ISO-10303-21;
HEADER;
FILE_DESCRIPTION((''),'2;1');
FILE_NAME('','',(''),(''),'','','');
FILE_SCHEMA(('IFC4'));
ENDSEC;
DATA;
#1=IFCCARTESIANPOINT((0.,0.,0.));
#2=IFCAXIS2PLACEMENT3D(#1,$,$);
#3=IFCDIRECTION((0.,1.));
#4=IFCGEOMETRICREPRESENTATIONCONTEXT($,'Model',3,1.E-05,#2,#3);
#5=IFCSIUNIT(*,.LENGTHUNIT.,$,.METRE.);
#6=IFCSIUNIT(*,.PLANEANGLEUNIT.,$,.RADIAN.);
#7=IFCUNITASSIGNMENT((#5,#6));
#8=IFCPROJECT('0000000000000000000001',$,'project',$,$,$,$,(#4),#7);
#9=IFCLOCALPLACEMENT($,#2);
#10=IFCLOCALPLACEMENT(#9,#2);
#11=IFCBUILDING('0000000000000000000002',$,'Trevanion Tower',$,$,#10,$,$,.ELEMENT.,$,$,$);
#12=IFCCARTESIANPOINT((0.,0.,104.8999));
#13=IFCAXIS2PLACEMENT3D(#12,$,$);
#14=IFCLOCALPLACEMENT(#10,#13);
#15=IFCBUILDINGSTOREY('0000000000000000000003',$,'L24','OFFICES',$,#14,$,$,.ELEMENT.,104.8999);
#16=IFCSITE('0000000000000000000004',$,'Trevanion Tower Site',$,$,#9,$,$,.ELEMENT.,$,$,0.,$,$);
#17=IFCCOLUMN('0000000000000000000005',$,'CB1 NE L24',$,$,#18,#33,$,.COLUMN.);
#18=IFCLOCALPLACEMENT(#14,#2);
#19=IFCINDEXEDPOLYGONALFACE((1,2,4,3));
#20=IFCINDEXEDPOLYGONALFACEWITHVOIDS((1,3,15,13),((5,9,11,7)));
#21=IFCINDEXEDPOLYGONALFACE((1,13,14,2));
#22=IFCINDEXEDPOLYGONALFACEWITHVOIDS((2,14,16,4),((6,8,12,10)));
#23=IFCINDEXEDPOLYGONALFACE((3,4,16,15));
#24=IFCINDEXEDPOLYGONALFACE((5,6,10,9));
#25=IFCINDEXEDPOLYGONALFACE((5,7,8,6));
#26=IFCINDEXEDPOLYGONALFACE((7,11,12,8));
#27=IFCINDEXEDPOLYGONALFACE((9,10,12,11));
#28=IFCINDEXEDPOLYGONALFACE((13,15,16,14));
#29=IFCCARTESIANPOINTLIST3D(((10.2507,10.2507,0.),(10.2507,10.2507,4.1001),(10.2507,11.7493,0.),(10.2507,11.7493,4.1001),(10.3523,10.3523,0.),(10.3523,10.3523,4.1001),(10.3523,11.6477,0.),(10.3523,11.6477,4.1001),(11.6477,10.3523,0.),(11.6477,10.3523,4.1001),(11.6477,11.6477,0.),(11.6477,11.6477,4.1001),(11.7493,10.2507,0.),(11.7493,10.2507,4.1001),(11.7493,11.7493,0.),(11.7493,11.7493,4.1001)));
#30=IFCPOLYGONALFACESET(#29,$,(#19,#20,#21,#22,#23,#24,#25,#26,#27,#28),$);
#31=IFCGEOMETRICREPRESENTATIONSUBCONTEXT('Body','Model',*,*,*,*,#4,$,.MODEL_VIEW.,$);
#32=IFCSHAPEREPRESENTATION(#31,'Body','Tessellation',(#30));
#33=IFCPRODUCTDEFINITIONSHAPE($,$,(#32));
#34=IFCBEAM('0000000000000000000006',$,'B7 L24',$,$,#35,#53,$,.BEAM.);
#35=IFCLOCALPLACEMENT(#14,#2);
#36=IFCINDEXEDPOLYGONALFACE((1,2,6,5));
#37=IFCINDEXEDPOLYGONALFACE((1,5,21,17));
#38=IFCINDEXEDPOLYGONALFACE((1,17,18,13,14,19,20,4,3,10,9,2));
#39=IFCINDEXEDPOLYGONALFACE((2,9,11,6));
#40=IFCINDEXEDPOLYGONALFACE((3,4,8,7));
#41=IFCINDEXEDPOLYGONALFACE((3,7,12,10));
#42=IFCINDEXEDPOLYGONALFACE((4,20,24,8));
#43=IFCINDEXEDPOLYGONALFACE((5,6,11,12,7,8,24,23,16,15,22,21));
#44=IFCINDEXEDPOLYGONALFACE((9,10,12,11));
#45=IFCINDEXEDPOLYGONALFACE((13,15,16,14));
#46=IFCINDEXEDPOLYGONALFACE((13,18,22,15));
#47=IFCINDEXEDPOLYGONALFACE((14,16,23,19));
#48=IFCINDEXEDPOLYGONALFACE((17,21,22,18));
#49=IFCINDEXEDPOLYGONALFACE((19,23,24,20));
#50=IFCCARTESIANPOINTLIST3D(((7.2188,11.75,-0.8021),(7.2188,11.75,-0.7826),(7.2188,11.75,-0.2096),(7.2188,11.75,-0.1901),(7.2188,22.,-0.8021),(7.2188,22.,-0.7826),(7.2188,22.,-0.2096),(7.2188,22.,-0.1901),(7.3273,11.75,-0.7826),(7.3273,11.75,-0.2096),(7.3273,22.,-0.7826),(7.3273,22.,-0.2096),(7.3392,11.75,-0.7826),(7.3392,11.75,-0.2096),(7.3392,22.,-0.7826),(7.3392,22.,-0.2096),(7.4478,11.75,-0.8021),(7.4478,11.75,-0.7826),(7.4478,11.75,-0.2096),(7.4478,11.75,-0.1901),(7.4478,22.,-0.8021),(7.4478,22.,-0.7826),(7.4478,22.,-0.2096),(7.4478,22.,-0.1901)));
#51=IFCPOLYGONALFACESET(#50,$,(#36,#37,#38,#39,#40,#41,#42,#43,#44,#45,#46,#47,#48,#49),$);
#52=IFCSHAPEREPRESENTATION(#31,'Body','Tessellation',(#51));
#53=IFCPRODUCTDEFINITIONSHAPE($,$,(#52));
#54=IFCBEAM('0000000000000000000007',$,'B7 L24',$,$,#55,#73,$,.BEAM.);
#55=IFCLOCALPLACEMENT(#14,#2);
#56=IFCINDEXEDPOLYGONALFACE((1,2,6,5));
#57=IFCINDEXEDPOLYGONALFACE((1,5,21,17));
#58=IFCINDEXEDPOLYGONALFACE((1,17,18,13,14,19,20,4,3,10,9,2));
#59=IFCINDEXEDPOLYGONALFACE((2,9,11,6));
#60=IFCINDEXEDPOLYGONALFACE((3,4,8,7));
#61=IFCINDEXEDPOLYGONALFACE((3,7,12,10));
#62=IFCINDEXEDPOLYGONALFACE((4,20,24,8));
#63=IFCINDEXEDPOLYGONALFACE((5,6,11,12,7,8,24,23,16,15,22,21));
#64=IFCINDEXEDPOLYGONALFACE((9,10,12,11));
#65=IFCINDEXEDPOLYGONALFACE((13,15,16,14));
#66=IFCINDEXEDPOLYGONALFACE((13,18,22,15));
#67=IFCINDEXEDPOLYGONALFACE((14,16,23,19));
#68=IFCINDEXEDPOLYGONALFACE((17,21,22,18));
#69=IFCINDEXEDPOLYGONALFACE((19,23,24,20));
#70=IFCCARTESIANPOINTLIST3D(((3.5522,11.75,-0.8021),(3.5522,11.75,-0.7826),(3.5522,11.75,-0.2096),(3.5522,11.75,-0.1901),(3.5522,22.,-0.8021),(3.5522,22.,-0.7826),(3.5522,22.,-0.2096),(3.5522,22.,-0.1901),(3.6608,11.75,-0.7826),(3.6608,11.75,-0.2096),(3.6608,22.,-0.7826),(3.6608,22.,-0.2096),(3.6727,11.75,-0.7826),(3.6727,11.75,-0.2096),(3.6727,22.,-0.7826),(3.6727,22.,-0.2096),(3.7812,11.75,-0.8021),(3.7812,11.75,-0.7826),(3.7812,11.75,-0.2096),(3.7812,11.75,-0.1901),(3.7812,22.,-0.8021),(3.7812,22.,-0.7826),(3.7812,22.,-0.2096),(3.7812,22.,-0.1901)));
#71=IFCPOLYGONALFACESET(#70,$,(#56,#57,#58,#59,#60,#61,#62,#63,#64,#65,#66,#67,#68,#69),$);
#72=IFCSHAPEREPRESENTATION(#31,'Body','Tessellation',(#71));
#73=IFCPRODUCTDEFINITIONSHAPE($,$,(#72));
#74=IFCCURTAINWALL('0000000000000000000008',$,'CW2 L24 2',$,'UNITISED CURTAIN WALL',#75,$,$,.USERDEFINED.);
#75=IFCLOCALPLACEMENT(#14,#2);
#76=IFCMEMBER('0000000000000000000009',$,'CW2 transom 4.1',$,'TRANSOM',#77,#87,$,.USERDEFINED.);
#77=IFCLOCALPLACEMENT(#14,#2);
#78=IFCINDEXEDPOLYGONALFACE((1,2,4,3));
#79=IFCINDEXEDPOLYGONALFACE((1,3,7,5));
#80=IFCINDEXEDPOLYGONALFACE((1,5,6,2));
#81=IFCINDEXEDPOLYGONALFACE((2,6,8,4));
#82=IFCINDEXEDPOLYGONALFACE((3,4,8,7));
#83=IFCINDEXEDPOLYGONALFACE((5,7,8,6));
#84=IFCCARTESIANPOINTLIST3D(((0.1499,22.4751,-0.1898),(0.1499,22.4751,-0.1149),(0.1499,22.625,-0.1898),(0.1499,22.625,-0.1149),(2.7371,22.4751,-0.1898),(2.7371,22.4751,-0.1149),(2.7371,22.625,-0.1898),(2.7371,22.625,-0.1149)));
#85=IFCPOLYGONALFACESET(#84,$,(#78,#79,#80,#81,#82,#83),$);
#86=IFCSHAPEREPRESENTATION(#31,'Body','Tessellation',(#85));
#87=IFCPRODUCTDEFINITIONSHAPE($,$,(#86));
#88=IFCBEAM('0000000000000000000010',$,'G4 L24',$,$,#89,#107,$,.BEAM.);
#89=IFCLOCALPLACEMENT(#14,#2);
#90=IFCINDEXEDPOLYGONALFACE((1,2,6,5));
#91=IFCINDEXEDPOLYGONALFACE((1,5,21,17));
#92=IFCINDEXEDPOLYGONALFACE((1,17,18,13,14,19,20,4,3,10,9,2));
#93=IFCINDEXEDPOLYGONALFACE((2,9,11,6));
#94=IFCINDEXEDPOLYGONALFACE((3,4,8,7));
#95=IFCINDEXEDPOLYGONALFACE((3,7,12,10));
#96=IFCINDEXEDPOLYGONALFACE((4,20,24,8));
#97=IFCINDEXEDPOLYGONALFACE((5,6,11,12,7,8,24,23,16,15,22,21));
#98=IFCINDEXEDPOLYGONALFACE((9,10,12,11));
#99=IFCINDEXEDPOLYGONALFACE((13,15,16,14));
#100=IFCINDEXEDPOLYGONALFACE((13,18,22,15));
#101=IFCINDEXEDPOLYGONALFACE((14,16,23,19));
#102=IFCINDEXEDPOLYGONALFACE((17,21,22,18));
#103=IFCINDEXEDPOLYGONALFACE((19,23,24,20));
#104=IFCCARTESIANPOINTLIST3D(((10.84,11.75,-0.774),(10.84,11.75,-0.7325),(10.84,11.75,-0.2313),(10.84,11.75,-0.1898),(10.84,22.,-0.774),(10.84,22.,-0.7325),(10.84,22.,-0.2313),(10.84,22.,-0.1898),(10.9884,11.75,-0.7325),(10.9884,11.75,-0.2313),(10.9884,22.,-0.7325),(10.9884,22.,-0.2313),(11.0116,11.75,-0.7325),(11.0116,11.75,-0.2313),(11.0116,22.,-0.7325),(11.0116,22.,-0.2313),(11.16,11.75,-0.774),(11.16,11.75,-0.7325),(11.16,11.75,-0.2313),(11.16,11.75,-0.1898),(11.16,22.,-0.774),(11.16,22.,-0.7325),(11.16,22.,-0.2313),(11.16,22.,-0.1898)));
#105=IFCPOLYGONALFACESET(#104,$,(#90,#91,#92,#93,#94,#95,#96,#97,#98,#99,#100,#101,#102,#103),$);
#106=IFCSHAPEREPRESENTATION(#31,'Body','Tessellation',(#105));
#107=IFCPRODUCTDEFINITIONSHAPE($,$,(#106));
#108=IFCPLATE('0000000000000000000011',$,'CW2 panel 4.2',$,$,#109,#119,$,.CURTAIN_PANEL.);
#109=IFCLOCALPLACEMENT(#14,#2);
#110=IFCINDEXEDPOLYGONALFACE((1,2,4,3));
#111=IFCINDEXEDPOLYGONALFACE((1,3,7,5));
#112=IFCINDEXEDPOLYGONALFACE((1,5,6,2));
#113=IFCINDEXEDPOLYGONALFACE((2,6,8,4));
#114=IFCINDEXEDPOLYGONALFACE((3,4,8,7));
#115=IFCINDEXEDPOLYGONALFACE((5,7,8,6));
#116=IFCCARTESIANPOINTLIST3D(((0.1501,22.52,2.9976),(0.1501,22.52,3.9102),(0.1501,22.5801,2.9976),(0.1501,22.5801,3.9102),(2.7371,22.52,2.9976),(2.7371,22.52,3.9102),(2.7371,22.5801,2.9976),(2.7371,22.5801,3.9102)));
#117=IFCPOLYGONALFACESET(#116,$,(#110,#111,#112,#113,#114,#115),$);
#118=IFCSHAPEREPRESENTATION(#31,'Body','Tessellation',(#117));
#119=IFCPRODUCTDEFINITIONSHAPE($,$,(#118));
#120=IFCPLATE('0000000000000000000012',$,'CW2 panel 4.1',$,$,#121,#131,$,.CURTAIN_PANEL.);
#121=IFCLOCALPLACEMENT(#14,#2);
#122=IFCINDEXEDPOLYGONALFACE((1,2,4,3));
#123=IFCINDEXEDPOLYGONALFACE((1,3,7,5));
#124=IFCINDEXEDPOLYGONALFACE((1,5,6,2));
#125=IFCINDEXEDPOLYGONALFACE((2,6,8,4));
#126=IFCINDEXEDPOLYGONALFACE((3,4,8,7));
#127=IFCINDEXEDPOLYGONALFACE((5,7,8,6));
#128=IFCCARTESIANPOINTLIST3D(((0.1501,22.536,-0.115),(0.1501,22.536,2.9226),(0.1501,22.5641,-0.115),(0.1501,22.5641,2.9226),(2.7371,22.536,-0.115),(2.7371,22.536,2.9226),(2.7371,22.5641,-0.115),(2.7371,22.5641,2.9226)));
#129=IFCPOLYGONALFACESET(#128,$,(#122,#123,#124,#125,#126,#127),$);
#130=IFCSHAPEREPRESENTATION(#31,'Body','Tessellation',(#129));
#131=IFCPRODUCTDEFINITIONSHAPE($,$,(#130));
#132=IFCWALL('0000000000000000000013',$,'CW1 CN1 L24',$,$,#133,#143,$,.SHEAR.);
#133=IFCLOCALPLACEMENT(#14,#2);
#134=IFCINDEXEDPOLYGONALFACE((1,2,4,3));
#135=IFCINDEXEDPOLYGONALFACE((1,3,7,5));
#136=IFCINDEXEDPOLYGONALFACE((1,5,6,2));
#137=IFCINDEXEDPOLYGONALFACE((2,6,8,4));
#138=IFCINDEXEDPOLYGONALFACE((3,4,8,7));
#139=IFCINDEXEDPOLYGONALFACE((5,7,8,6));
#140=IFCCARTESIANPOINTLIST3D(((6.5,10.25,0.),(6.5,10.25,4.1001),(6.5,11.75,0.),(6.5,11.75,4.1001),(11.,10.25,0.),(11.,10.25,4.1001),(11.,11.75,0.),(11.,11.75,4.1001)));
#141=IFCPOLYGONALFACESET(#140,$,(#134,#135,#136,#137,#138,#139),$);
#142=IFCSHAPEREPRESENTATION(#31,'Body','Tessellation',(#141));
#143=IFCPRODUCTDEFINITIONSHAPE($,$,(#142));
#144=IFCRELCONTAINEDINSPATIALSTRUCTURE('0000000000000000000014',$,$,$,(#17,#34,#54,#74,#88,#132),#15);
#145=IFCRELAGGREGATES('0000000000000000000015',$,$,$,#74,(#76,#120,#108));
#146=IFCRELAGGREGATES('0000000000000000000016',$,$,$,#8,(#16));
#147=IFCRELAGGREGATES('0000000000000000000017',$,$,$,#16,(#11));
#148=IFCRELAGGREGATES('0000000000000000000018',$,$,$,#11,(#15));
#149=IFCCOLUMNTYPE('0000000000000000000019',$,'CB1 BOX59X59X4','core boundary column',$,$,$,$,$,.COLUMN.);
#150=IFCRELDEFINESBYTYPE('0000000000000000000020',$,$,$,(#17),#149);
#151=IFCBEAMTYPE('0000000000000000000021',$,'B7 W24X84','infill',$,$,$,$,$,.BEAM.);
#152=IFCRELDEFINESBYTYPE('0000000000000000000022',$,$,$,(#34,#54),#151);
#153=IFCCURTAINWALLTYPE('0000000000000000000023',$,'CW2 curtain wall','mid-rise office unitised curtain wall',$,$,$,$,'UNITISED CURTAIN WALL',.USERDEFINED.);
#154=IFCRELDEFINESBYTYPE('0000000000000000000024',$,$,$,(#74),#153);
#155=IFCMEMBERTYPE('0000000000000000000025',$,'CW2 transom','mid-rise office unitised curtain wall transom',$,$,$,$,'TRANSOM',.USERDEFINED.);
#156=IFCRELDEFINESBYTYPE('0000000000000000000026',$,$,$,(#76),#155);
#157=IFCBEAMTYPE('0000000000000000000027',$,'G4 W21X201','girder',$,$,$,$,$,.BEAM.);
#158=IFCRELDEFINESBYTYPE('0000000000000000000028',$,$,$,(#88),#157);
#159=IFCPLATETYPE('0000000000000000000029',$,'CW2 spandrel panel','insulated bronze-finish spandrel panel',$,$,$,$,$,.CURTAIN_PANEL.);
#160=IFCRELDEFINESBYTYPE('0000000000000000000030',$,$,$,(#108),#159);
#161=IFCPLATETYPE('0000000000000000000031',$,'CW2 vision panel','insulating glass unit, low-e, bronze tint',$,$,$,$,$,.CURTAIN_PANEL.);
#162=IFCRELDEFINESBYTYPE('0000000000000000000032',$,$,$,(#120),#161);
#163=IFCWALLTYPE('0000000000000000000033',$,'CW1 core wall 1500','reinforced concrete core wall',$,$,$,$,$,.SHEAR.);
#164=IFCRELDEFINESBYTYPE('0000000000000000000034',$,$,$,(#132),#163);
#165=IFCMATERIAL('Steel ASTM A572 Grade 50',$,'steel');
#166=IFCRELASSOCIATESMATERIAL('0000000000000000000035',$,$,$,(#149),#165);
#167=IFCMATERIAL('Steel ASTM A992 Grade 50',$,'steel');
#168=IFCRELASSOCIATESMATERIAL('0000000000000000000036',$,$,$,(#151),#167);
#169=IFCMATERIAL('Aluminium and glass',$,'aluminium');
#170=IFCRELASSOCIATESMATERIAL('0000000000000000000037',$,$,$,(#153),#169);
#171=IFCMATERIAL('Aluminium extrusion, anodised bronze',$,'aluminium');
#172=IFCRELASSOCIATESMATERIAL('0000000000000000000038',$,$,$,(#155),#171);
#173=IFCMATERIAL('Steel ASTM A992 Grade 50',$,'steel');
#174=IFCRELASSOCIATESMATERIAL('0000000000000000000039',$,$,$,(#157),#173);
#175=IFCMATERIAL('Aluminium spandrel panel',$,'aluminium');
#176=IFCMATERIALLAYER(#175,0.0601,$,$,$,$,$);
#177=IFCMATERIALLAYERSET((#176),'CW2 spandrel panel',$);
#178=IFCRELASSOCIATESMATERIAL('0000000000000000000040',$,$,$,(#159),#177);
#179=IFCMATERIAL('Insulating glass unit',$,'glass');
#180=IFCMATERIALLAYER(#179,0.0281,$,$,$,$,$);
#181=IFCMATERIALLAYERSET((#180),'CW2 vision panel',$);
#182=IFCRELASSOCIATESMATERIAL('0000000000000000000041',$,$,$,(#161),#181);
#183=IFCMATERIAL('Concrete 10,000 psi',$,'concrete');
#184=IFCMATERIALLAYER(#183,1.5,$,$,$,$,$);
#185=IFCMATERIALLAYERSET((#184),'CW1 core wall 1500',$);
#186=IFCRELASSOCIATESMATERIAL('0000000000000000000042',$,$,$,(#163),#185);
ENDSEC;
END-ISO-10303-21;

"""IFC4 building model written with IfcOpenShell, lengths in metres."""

from ifc_helpers import new_model, si_unit, direction, frame, frame_2d, origin, origin_2d, place, context, subcontext, project, spatial, rectangle, hollow_rectangle, i_section, extrude, material, layer, layer_set, material_profile, profile_set, type_object, element, aggregate, save


model = new_model("IFC4")

# Units and contexts
model_context = context("Model", 3, precision=1e-05, world=origin(), true_north=direction((0.0, 1.0)))
body_context = subcontext(model_context, "Body", "Model", "MODEL_VIEW")
ifc_project = project(units=[si_unit("LENGTHUNIT", "METRE"), si_unit("PLANEANGLEUNIT", "RADIAN")], contexts=[model_context])

# Site, building, storey
site_placement = place(None, origin())
site = spatial("IfcSite", under=ifc_project, at=site_placement, Name="Trevanion Tower Site", CompositionType="ELEMENT", RefElevation=0.0)
building_placement = place(site_placement, origin())
building = spatial("IfcBuilding", under=site, at=building_placement, Name="Trevanion Tower", CompositionType="ELEMENT")
storey_placement = place(building_placement, frame((0.0, 0.0, 104.8999)))
storey = spatial("IfcBuildingStorey", under=building, at=storey_placement, Name="L24", Description="OFFICES", CompositionType="ELEMENT", Elevation=104.8999)

# Column
ifc_material_1 = material(Name="Steel ASTM A572 Grade 50", Category="steel")
ifc_material_profile_1 = material_profile(ifc_material_1, hollow_rectangle(XDim=1.4985, YDim=1.4985, WallThickness=0.1016, at=origin_2d()), Name="BOX59X59X4")
ifc_profile_set_1 = profile_set([ifc_material_profile_1], Name="Steel ASTM A572 Grade 50")
column_type = type_object("IfcColumnType", Name="CB1 BOX59X59X4", Description="core boundary column", PredefinedType="COLUMN", material=ifc_profile_set_1)
column_placement = place(storey_placement, frame((11.0, 11.0, 0.0), z_axis=(0.0, 0.0, 1.0), x_axis=(1.0, 0.0, 0.0)))
element("IfcColumn", 1, at=column_placement, inside=storey, type_object=column_type, Name="CB1 NE L24", PredefinedType="COLUMN", context=body_context, shape_type="SweptSolid", body=[
    extrude(hollow_rectangle(XDim=1.4985, YDim=1.4985, WallThickness=0.1016, at=origin_2d()), origin(), (0.0, 0.0, 1.0), 4.1001),
])

# Beams
ifc_material_2 = material(Name="Steel ASTM A992 Grade 50", Category="steel")
ifc_material_profile_2 = material_profile(ifc_material_2, i_section(OverallWidth=0.229, OverallDepth=0.6121, WebThickness=0.012, FlangeThickness=0.0195, at=origin_2d()), Name="W24X84")
ifc_profile_set_2 = profile_set([ifc_material_profile_2], Name="Steel ASTM A992 Grade 50")
beam_type_1 = type_object("IfcBeamType", Name="B7 W24X84", Description="infill", PredefinedType="BEAM", material=ifc_profile_set_2)
for number, where, z_axis, x_axis, name in (
    (2, (7.3333, 11.75, -0.4961), (0.0, 1.0, 0.0), (-1.0, 0.0, 0.0), "B7 L24"),
    (3, (3.6667, 11.75, -0.4961), (0.0, 1.0, 0.0), (-1.0, 0.0, 0.0), "B7 L24"),
):
    element("IfcBeam", number, at=place(storey_placement, frame(where, z_axis=z_axis, x_axis=x_axis)), inside=storey, type_object=beam_type_1, Name=name, PredefinedType="BEAM", context=body_context, shape_type="SweptSolid", body=[
        extrude(i_section(OverallWidth=0.229, OverallDepth=0.6121, WebThickness=0.012, FlangeThickness=0.0195, at=origin_2d()), origin(), (0.0, 0.0, 1.0), 10.25),
    ])

# Curtain wall, member
ifc_material_3 = material(Name="Aluminium and glass", Category="aluminium")
curtain_wall_type = type_object("IfcCurtainWallType", Name="CW2 curtain wall", Description="mid-rise office unitised curtain wall", ElementType="UNITISED CURTAIN WALL", PredefinedType="USERDEFINED", material=ifc_material_3)
curtain_wall_placement = place(storey_placement, origin())
curtain_wall = element("IfcCurtainWall", 4, at=curtain_wall_placement, inside=storey, type_object=curtain_wall_type, Name="CW2 L24 2", ObjectType="UNITISED CURTAIN WALL", PredefinedType="USERDEFINED")
ifc_material_4 = material(Name="Aluminium extrusion, anodised bronze", Category="aluminium")
ifc_material_profile_3 = material_profile(ifc_material_4, rectangle(XDim=0.1499, YDim=0.075, at=origin_2d()), Name="CW2 transom")
ifc_profile_set_3 = profile_set([ifc_material_profile_3], Name="Aluminium extrusion, anodised bronze")
member_type = type_object("IfcMemberType", Name="CW2 transom", Description="mid-rise office unitised curtain wall transom", ElementType="TRANSOM", PredefinedType="USERDEFINED", material=ifc_profile_set_3)
member_placement = place(storey_placement, frame((2.7371, 22.55, -0.1523), z_axis=(-1.0, 0.0, 0.0), x_axis=(0.0, -1.0, 0.0)))
member = element("IfcMember", 5, at=member_placement, type_object=member_type, Name="CW2 transom 4.1", ObjectType="TRANSOM", PredefinedType="USERDEFINED", context=body_context, shape_type="SweptSolid", body=[
    extrude(rectangle(XDim=0.1499, YDim=0.075, at=origin_2d()), origin(), (0.0, 0.0, 1.0), 2.5872),
])

# Beam
ifc_material_5 = material(Name="Steel ASTM A992 Grade 50", Category="steel")
ifc_material_profile_4 = material_profile(ifc_material_5, i_section(OverallWidth=0.3201, OverallDepth=0.5842, WebThickness=0.0232, FlangeThickness=0.0415, at=origin_2d()), Name="W21X201")
ifc_profile_set_4 = profile_set([ifc_material_profile_4], Name="Steel ASTM A992 Grade 50")
beam_type_2 = type_object("IfcBeamType", Name="G4 W21X201", Description="girder", PredefinedType="BEAM", material=ifc_profile_set_4)
beam_placement = place(storey_placement, frame((11.0, 11.75, -0.4819), z_axis=(0.0, 1.0, 0.0), x_axis=(-1.0, 0.0, 0.0)))
element("IfcBeam", 6, at=beam_placement, inside=storey, type_object=beam_type_2, Name="G4 L24", PredefinedType="BEAM", context=body_context, shape_type="SweptSolid", body=[
    extrude(i_section(OverallWidth=0.3201, OverallDepth=0.5842, WebThickness=0.0232, FlangeThickness=0.0415, at=origin_2d()), origin(), (0.0, 0.0, 1.0), 10.25),
])

# Plates
ifc_material_6 = material(Name="Aluminium spandrel panel", Category="aluminium")
ifc_layer_1 = layer(ifc_material_6, 0.0601)
ifc_layer_set_1 = layer_set([ifc_layer_1], Name="CW2 spandrel panel")
plate_type_1 = type_object("IfcPlateType", Name="CW2 spandrel panel", Description="insulated bronze-finish spandrel panel", PredefinedType="CURTAIN_PANEL", material=ifc_layer_set_1)
plate_1_placement = place(storey_placement, frame((1.4436, 22.55, 2.9976), z_axis=(0.0, 0.0, 1.0), x_axis=(-1.0, 0.0, 0.0)))
plate_1 = element("IfcPlate", 7, at=plate_1_placement, type_object=plate_type_1, Name="CW2 panel 4.2", PredefinedType="CURTAIN_PANEL", context=body_context, shape_type="SweptSolid", body=[
    extrude(rectangle(XDim=2.5869, YDim=0.0601, at=origin_2d()), origin(), (0.0, 0.0, 1.0), 0.9126),
])
ifc_material_7 = material(Name="Insulating glass unit", Category="glass")
ifc_layer_2 = layer(ifc_material_7, 0.0281)
ifc_layer_set_2 = layer_set([ifc_layer_2], Name="CW2 vision panel")
plate_type_2 = type_object("IfcPlateType", Name="CW2 vision panel", Description="insulating glass unit, low-e, bronze tint", PredefinedType="CURTAIN_PANEL", material=ifc_layer_set_2)
plate_2_placement = place(storey_placement, frame((1.4436, 22.55, -0.115), z_axis=(0.0, 0.0, 1.0), x_axis=(-1.0, 0.0, 0.0)))
plate_2 = element("IfcPlate", 8, at=plate_2_placement, type_object=plate_type_2, Name="CW2 panel 4.1", PredefinedType="CURTAIN_PANEL", context=body_context, shape_type="SweptSolid", body=[
    extrude(rectangle(XDim=2.5869, YDim=0.0281, at=origin_2d()), origin(), (0.0, 0.0, 1.0), 3.0376),
])
aggregate(curtain_wall, [member, plate_2, plate_1])

# Wall
ifc_material_8 = material(Name="Concrete 10,000 psi", Category="concrete")
ifc_layer_3 = layer(ifc_material_8, 1.5)
ifc_layer_set_3 = layer_set([ifc_layer_3], Name="CW1 core wall 1500")
wall_type_1 = type_object("IfcWallType", Name="CW1 core wall 1500", Description="reinforced concrete core wall", PredefinedType="SHEAR", material=ifc_layer_set_3)
wall_1_placement = place(storey_placement, frame((11.0, 11.0, 0.0), z_axis=(0.0, 0.0, 1.0), x_axis=(-1.0, 0.0, 0.0)))
element("IfcWall", 9, at=wall_1_placement, inside=storey, type_object=wall_type_1, Name="CW1 CN1 L24", PredefinedType="SHEAR", context=body_context, shape_type="SweptSolid", body=[
    extrude(rectangle(XDim=4.5, YDim=1.5, at=frame_2d((2.25, 0.0))), origin(), (0.0, 0.0, 1.0), 4.1001),
])

save(model, "model.ifc")
